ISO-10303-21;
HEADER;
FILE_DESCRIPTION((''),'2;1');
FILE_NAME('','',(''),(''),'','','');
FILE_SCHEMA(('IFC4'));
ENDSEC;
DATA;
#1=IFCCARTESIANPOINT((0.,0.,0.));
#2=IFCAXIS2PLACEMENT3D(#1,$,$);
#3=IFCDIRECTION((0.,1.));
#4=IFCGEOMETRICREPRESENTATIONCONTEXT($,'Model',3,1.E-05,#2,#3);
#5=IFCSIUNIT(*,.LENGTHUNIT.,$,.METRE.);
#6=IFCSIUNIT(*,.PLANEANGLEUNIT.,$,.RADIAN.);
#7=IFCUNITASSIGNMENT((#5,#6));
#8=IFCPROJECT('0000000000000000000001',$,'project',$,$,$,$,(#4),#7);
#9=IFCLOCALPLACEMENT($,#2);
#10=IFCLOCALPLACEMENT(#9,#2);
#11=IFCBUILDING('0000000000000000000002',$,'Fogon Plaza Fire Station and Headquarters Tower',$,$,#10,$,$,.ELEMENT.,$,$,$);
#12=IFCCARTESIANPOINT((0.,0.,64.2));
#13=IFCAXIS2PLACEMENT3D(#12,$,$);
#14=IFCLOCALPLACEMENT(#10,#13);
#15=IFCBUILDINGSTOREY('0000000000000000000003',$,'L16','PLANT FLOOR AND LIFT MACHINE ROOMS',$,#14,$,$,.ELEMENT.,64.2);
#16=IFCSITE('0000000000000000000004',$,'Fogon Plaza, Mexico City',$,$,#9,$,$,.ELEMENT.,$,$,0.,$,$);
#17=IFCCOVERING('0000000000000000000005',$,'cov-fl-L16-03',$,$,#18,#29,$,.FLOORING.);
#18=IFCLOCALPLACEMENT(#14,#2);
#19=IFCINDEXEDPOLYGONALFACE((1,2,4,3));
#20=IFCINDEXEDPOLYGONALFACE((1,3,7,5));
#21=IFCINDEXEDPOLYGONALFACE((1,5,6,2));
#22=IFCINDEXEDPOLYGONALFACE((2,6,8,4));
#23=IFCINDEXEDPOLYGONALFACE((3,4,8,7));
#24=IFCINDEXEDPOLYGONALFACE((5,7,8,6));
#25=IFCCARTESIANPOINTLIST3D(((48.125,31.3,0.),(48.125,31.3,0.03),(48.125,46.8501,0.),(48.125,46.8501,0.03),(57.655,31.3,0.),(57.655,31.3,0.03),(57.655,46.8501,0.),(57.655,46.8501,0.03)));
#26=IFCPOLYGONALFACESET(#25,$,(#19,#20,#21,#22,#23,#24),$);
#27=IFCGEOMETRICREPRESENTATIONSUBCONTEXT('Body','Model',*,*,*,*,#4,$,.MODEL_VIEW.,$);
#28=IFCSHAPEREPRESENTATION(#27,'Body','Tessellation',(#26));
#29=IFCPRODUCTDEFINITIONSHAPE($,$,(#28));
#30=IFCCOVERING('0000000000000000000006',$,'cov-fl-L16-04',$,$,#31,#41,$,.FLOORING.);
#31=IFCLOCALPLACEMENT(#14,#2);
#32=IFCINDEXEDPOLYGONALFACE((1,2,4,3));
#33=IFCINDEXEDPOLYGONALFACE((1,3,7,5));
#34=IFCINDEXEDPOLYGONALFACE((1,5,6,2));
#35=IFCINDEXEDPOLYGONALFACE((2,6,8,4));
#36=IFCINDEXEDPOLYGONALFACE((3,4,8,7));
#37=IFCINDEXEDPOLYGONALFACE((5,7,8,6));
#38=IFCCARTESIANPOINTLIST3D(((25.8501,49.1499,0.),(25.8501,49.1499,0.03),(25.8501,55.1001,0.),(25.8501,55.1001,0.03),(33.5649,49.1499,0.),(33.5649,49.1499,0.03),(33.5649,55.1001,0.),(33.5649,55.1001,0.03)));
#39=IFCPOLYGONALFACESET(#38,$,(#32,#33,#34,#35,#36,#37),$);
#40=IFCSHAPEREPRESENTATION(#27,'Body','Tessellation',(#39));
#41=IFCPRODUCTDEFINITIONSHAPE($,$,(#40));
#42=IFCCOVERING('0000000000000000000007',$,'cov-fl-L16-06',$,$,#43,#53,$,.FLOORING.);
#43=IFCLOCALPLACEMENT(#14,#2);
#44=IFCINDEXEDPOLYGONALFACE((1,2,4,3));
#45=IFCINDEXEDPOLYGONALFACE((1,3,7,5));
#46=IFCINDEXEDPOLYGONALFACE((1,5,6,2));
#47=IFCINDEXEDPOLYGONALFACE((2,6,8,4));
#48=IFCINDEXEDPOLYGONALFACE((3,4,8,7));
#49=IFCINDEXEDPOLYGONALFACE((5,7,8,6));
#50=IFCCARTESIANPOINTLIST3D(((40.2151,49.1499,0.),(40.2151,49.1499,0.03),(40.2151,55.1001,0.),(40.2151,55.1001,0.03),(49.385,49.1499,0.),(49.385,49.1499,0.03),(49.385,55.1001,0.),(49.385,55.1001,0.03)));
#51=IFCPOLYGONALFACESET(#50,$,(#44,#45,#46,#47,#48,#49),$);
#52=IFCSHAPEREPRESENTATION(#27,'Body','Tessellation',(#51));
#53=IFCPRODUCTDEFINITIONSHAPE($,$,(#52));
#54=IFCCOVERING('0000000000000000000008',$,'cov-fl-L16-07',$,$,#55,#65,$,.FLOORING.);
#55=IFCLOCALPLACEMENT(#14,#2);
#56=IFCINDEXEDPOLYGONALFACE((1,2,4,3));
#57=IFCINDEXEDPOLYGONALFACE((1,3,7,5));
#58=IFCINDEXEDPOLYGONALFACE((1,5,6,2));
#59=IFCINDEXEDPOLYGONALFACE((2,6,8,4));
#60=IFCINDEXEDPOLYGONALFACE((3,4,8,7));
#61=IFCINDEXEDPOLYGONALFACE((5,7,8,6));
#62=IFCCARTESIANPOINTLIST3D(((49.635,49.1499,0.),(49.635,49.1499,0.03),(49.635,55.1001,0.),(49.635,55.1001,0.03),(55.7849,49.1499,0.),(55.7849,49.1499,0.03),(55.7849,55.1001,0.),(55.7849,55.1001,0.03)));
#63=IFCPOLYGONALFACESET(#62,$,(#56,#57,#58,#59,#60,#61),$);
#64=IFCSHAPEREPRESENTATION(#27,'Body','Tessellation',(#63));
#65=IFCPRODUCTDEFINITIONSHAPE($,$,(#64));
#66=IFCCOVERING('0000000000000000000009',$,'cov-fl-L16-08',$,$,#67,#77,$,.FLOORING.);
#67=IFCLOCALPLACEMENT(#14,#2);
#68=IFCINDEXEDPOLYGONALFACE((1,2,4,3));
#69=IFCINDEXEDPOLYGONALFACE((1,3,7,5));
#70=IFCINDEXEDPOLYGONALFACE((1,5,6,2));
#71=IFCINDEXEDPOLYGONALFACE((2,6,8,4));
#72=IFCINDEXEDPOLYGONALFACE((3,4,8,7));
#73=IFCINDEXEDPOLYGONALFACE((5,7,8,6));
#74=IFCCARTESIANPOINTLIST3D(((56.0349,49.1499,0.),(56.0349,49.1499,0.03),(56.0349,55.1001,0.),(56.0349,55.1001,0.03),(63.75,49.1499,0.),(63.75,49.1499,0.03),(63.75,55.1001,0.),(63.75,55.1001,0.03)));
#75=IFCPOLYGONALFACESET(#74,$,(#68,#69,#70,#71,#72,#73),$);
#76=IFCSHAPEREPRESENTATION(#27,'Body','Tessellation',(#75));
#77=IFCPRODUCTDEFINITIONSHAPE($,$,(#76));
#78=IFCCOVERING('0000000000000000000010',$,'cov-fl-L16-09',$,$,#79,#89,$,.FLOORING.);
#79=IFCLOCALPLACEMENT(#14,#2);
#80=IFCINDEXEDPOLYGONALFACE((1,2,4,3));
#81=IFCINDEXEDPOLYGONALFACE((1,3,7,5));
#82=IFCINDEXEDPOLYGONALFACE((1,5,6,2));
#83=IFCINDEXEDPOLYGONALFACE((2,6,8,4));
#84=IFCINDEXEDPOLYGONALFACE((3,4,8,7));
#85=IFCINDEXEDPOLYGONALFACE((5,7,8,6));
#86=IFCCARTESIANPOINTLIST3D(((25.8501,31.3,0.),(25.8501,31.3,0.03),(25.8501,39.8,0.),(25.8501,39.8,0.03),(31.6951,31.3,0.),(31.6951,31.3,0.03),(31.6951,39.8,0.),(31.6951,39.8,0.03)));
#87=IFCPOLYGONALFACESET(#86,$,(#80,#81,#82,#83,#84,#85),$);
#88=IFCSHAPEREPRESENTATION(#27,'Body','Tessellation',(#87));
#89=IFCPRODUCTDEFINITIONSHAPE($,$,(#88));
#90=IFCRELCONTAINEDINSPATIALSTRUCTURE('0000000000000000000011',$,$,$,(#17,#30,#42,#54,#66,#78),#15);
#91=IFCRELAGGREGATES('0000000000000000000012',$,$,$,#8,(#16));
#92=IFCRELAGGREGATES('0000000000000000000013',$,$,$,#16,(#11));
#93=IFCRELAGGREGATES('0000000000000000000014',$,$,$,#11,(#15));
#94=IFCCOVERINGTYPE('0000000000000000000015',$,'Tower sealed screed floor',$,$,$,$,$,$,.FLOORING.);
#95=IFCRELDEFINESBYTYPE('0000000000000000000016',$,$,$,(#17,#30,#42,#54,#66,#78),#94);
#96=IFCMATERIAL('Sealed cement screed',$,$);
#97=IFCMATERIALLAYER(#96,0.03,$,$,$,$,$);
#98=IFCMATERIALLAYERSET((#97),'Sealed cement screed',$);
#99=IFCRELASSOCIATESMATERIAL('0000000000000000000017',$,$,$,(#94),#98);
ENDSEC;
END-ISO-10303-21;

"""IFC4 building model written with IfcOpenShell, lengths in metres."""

from ifc_helpers import new_model, si_unit, direction, frame, origin, place, context, subcontext, project, spatial, polyline, outline, extrude, material, layer, layer_set, type_object, element, save


model = new_model("IFC4")

# Units and contexts
model_context = context("Model", 3, precision=1e-05, world=origin(), true_north=direction((0.0, 1.0)))
body_context = subcontext(model_context, "Body", "Model", "MODEL_VIEW")
ifc_project = project(units=[si_unit("LENGTHUNIT", "METRE"), si_unit("PLANEANGLEUNIT", "RADIAN")], contexts=[model_context])

# Site, building, storey
site_placement = place(None, origin())
site = spatial("IfcSite", under=ifc_project, at=site_placement, Name="Fogon Plaza, Mexico City", CompositionType="ELEMENT", RefElevation=0.0)
building_placement = place(site_placement, origin())
building = spatial("IfcBuilding", under=site, at=building_placement, Name="Fogon Plaza Fire Station and Headquarters Tower", CompositionType="ELEMENT")
storey_placement = place(building_placement, frame((0.0, 0.0, 64.2)))
storey = spatial("IfcBuildingStorey", under=building, at=storey_placement, Name="L16", Description="PLANT FLOOR AND LIFT MACHINE ROOMS", CompositionType="ELEMENT", Elevation=64.2)

# Coverings
ifc_material_1 = material(Name="Sealed cement screed")
ifc_layer_1 = layer(ifc_material_1, 0.03)
ifc_layer_set_1 = layer_set([ifc_layer_1], Name="Sealed cement screed")
covering_type_1 = type_object("IfcCoveringType", Name="Tower sealed screed floor", PredefinedType="FLOORING", material=ifc_layer_set_1)
covering_1_placement = place(storey_placement, origin())
element("IfcCovering", 1, at=covering_1_placement, inside=storey, type_object=covering_type_1, Name="cov-fl-L16-03", PredefinedType="FLOORING", context=body_context, shape_type="SweptSolid", body=[
    extrude(outline(polyline([(57.655, 31.3), (57.655, 46.8501), (48.125, 46.8501), (48.125, 31.3), (57.655, 31.3)])), origin(), (0.0, 0.0, 1.0), 0.03),
])
covering_2_placement = place(storey_placement, origin())
element("IfcCovering", 2, at=covering_2_placement, inside=storey, type_object=covering_type_1, Name="cov-fl-L16-04", PredefinedType="FLOORING", context=body_context, shape_type="SweptSolid", body=[
    extrude(outline(polyline([(33.5649, 49.1499), (33.5649, 55.1001), (25.8501, 55.1001), (25.8501, 49.1499), (33.5649, 49.1499)])), origin(), (0.0, 0.0, 1.0), 0.03),
])
covering_3_placement = place(storey_placement, origin())
element("IfcCovering", 3, at=covering_3_placement, inside=storey, type_object=covering_type_1, Name="cov-fl-L16-06", PredefinedType="FLOORING", context=body_context, shape_type="SweptSolid", body=[
    extrude(outline(polyline([(49.385, 49.1499), (49.385, 55.1001), (40.2151, 55.1001), (40.2151, 49.1499), (49.385, 49.1499)])), origin(), (0.0, 0.0, 1.0), 0.03),
])
covering_4_placement = place(storey_placement, origin())
element("IfcCovering", 4, at=covering_4_placement, inside=storey, type_object=covering_type_1, Name="cov-fl-L16-07", PredefinedType="FLOORING", context=body_context, shape_type="SweptSolid", body=[
    extrude(outline(polyline([(55.7849, 49.1499), (55.7849, 55.1001), (49.635, 55.1001), (49.635, 49.1499), (55.7849, 49.1499)])), origin(), (0.0, 0.0, 1.0), 0.03),
])
covering_5_placement = place(storey_placement, origin())
element("IfcCovering", 5, at=covering_5_placement, inside=storey, type_object=covering_type_1, Name="cov-fl-L16-08", PredefinedType="FLOORING", context=body_context, shape_type="SweptSolid", body=[
    extrude(outline(polyline([(63.75, 49.1499), (63.75, 55.1001), (56.0349, 55.1001), (56.0349, 49.1499), (63.75, 49.1499)])), origin(), (0.0, 0.0, 1.0), 0.03),
])
covering_6_placement = place(storey_placement, origin())
element("IfcCovering", 6, at=covering_6_placement, inside=storey, type_object=covering_type_1, Name="cov-fl-L16-09", PredefinedType="FLOORING", context=body_context, shape_type="SweptSolid", body=[
    extrude(outline(polyline([(31.6951, 31.3), (31.6951, 39.8), (25.8501, 39.8), (25.8501, 31.3), (31.6951, 31.3)])), origin(), (0.0, 0.0, 1.0), 0.03),
])

save(model, "model.ifc")
